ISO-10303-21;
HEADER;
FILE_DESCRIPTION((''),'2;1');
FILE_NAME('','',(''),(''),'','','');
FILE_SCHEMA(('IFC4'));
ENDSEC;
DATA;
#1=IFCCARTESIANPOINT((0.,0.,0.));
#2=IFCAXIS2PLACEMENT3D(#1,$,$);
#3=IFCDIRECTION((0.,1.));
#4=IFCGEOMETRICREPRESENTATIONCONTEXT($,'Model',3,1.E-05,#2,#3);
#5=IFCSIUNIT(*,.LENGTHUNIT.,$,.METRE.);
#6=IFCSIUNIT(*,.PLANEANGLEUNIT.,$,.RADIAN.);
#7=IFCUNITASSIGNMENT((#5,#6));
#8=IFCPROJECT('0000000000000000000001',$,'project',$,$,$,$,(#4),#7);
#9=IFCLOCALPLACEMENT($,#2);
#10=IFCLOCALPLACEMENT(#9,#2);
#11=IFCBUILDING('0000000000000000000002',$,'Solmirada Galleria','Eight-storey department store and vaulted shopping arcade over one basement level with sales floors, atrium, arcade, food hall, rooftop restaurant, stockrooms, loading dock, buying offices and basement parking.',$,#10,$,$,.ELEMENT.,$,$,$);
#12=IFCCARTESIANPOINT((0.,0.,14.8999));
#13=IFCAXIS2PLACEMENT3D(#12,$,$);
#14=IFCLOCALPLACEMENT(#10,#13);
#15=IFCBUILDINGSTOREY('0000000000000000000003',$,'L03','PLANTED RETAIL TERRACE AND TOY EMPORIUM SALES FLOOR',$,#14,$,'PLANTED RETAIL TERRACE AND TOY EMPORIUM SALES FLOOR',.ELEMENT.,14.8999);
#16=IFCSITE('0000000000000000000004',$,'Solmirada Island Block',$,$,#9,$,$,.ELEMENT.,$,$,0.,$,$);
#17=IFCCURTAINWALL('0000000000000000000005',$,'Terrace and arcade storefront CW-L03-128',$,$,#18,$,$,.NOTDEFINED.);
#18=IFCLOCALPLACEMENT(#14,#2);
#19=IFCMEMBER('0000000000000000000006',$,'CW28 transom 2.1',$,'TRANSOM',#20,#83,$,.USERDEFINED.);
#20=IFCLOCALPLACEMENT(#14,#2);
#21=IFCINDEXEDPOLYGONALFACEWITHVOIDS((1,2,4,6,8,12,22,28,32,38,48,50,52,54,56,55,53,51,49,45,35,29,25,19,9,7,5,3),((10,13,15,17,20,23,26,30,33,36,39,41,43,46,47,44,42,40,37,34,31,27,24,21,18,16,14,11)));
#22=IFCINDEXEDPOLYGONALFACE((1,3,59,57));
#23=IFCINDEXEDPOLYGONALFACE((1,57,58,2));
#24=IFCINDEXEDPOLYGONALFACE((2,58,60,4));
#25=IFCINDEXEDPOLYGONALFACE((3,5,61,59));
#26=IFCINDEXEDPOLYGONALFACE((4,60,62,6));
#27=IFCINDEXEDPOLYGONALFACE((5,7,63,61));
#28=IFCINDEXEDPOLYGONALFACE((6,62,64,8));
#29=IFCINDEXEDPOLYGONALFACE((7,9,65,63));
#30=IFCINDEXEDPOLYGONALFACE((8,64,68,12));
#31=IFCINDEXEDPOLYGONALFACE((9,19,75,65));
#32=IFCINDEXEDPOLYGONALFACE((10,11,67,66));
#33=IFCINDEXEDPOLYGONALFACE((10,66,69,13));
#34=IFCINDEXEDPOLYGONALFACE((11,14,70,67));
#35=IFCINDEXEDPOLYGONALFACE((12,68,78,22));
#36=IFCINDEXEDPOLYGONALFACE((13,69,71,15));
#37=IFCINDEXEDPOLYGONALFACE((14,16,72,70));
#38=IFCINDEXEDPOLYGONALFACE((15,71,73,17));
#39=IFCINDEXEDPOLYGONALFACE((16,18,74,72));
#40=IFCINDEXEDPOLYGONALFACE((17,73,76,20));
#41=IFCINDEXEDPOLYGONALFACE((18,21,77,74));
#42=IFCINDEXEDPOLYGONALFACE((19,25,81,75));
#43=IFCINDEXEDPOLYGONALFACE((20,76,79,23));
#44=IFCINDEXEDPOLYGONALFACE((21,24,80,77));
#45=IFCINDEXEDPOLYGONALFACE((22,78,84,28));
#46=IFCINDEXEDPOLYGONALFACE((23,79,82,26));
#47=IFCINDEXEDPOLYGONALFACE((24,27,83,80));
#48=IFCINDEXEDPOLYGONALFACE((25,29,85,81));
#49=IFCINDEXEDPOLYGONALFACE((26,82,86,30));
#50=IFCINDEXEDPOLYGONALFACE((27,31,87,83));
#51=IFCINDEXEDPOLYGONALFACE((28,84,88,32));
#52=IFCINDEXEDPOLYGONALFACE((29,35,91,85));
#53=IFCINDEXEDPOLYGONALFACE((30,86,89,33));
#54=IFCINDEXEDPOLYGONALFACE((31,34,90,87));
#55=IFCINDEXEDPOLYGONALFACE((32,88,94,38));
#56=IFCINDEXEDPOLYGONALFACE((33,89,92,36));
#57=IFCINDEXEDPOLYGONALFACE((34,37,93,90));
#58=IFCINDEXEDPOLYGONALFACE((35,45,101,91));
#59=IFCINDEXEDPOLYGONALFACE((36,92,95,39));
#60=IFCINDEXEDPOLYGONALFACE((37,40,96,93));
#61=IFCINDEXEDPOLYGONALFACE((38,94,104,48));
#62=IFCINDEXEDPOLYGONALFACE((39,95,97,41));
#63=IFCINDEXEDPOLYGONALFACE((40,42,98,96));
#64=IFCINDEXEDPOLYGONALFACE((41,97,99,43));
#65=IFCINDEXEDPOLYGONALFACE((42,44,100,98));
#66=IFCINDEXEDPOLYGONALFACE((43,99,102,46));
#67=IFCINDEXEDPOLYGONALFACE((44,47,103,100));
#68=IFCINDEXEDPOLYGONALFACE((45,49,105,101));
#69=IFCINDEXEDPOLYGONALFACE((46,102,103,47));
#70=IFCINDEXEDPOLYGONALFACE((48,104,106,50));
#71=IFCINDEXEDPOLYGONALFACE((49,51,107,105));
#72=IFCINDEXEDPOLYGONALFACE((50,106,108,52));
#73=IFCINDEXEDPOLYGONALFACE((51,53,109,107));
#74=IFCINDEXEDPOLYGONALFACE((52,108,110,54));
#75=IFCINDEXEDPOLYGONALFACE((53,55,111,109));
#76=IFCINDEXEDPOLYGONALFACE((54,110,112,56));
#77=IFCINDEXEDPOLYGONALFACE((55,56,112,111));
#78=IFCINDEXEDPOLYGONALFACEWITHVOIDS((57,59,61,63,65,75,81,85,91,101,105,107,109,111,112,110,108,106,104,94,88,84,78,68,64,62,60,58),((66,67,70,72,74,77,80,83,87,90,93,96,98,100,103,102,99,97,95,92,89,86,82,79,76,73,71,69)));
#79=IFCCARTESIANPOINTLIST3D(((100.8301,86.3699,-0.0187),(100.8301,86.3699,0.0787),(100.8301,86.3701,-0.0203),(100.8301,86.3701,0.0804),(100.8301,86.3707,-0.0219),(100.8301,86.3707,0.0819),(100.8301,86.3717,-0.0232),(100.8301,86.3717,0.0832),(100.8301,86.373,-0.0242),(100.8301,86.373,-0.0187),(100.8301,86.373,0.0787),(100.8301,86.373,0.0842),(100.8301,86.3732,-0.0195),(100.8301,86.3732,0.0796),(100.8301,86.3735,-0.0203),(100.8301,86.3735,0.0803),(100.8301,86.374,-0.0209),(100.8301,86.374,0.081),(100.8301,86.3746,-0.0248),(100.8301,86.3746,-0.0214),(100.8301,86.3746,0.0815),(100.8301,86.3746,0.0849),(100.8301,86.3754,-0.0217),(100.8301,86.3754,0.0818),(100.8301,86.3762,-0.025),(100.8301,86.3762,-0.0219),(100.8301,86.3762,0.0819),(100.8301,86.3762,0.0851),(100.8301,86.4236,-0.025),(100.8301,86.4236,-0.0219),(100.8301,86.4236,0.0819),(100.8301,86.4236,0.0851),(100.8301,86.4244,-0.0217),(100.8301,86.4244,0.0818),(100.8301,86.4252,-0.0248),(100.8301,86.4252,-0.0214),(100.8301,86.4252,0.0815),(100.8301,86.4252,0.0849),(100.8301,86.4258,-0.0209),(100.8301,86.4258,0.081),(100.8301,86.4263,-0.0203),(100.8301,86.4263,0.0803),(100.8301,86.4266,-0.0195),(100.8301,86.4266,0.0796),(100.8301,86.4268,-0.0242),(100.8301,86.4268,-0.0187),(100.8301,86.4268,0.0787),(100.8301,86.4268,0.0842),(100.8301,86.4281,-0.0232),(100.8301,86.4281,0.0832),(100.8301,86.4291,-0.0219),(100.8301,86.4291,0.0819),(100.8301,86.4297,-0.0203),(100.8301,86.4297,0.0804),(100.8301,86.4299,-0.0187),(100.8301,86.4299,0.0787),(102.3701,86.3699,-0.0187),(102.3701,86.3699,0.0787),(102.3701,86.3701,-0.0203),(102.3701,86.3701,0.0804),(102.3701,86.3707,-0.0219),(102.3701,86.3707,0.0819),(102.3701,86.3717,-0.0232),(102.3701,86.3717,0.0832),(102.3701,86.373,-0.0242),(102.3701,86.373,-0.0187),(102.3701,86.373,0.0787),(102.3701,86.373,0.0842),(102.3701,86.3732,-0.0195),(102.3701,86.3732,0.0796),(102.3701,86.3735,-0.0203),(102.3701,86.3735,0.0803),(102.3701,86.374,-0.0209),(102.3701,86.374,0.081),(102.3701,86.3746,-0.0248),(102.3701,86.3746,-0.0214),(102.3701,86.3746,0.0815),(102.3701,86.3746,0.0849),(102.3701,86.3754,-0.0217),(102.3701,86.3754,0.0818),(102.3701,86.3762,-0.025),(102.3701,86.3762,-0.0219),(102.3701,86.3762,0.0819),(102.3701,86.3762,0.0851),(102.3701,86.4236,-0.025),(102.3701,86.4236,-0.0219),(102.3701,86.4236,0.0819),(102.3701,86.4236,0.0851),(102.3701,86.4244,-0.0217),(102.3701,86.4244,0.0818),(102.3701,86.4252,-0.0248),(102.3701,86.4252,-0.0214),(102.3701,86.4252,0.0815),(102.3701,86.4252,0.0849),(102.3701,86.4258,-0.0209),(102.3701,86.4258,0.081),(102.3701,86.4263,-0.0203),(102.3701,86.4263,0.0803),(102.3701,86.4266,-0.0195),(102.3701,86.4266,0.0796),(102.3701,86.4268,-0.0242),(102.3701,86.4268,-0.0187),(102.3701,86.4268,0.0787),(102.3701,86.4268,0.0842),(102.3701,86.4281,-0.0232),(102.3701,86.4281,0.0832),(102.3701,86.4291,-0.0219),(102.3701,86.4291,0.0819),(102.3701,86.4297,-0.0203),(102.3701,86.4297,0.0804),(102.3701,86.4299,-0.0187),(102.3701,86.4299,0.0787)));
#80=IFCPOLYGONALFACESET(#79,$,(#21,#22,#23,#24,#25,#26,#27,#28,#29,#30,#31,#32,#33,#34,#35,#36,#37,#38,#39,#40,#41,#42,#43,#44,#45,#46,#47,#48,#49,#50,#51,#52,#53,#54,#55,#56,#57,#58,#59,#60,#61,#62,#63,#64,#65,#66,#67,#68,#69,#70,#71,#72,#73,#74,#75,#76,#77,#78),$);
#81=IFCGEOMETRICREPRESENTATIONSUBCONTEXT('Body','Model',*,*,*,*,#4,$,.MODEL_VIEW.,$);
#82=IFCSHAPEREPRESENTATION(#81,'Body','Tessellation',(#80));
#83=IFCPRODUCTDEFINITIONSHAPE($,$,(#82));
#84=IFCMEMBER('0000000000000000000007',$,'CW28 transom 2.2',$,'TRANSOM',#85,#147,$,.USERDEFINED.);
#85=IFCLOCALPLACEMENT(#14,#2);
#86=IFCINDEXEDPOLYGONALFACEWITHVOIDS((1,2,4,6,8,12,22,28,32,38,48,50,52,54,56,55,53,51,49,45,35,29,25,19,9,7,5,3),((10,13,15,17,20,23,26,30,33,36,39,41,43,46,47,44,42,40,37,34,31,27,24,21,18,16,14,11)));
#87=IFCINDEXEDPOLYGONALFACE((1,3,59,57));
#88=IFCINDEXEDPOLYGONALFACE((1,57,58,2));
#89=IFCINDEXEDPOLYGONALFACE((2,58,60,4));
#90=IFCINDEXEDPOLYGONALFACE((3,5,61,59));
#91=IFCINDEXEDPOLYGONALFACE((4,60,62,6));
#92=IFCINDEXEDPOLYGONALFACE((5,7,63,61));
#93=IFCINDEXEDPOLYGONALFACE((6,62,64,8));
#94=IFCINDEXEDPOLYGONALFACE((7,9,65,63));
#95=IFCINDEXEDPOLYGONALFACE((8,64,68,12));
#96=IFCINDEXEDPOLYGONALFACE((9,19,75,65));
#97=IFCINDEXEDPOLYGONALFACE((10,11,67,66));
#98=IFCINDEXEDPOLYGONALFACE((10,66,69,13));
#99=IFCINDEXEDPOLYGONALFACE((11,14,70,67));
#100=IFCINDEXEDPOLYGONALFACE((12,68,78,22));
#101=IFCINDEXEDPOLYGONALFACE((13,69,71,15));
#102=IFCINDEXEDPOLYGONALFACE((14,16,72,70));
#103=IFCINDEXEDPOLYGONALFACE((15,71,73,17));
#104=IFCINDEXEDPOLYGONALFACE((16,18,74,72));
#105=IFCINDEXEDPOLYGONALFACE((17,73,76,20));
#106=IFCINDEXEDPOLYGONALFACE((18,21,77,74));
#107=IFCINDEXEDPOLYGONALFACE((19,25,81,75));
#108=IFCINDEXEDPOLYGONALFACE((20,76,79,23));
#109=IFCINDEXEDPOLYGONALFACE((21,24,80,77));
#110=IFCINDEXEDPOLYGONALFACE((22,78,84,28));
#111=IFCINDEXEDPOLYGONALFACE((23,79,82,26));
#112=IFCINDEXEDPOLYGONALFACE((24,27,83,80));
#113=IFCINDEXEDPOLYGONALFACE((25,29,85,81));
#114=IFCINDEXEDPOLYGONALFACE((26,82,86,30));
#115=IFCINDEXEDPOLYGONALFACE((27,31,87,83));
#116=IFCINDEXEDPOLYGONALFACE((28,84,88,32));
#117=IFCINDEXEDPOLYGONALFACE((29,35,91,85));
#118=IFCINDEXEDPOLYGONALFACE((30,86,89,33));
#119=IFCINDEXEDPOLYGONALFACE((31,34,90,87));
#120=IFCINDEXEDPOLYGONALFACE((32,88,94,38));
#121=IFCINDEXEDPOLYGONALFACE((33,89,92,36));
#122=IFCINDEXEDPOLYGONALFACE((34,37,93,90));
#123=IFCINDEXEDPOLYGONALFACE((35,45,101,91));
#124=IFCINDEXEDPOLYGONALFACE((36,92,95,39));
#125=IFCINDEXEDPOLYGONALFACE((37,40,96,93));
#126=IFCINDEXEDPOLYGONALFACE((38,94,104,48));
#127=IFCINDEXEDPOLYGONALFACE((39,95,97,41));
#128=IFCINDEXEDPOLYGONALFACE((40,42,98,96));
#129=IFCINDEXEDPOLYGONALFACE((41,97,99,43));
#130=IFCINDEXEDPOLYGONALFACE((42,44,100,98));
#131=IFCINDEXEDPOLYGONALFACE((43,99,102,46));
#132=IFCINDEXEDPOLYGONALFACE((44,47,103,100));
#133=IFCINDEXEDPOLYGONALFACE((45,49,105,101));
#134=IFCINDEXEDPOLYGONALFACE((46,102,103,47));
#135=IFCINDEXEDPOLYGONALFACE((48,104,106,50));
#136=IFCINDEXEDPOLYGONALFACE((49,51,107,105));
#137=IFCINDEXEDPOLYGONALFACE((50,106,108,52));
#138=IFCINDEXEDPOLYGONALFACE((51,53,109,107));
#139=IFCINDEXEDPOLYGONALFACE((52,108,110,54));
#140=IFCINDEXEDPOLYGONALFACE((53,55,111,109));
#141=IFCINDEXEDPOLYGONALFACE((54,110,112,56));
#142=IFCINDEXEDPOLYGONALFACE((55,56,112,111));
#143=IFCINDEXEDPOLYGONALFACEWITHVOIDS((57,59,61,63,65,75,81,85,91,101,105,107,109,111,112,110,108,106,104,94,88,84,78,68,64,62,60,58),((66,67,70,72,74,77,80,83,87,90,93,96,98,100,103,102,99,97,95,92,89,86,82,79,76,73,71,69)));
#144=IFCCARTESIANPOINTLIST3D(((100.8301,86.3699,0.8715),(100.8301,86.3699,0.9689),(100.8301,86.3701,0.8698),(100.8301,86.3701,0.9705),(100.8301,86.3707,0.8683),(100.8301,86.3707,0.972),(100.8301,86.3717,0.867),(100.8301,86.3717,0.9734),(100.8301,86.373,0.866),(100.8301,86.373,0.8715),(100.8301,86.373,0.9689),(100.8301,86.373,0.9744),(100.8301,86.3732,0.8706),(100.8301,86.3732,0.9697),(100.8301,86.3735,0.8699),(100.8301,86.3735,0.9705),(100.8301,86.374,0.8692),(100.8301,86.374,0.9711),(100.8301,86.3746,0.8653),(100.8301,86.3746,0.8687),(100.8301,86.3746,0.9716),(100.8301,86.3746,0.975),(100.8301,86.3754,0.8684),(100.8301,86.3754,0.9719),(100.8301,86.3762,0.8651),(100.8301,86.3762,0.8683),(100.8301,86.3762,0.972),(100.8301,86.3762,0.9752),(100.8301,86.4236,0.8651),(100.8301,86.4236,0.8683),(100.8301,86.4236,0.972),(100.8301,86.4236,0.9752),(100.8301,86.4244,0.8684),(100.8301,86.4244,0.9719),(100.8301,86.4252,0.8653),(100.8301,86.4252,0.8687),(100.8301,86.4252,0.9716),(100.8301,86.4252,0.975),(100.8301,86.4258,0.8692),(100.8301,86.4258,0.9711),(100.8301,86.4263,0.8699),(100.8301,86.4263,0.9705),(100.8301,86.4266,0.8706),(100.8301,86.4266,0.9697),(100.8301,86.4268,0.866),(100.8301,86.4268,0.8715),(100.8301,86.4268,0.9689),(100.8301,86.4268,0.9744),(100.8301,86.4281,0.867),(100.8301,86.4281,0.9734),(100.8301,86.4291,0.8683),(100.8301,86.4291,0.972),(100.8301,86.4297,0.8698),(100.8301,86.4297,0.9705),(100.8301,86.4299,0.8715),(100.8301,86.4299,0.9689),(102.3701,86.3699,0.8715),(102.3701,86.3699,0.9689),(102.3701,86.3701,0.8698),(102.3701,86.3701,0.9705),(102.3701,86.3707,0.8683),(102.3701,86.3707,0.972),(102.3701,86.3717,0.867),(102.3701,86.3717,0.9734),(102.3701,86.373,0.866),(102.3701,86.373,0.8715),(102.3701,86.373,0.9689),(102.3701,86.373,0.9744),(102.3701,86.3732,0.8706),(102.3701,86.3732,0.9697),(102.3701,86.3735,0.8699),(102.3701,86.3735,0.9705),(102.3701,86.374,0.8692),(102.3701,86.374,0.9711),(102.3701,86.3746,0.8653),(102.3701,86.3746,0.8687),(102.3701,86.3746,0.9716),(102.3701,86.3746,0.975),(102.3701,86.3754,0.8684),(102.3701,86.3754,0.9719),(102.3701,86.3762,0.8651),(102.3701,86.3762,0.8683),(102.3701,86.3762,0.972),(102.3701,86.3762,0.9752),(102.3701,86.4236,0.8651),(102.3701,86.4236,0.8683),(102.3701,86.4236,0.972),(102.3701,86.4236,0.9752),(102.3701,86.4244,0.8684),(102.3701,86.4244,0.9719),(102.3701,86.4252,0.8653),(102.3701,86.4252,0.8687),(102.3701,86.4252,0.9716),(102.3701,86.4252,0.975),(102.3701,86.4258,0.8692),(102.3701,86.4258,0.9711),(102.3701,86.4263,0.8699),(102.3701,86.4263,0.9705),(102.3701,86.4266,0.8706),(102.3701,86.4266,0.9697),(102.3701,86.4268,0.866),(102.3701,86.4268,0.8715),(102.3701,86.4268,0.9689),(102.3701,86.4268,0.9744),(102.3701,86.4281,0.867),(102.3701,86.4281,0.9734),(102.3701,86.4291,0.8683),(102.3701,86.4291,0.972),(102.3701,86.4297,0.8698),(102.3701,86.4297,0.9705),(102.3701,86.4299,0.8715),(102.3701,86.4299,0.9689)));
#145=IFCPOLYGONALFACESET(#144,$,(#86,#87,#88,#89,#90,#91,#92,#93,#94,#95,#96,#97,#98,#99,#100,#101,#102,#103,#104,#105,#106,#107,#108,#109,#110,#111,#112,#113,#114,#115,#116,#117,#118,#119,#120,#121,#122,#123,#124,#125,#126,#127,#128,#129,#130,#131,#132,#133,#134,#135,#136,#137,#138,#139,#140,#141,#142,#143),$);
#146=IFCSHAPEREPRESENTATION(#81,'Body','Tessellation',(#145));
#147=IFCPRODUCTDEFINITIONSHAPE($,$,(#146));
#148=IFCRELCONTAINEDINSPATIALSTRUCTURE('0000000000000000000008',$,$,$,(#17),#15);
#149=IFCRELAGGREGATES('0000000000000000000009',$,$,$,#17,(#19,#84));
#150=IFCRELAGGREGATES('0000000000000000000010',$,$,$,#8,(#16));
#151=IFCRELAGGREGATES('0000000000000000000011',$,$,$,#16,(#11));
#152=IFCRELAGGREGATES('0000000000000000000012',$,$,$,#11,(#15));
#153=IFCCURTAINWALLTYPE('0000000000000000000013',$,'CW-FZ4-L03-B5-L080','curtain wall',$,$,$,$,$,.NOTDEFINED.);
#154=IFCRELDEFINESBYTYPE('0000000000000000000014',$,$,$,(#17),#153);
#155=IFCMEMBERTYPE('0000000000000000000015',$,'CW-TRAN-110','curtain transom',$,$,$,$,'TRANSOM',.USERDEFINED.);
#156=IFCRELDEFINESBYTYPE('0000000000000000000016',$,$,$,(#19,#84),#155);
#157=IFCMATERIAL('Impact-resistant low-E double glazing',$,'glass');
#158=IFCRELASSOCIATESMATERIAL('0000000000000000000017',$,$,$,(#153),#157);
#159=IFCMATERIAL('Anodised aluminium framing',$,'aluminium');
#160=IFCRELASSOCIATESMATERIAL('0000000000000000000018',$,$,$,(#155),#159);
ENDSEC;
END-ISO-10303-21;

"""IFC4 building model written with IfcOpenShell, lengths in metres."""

from ifc_helpers import new_model, si_unit, direction, frame, origin, origin_2d, place, context, subcontext, project, spatial, hollow_rectangle, extrude, material, material_profile, profile_set, type_object, element, aggregate, save


model = new_model("IFC4")

# Units and contexts
model_context = context("Model", 3, precision=1e-05, world=origin(), true_north=direction((0.0, 1.0)))
body_context = subcontext(model_context, "Body", "Model", "MODEL_VIEW")
ifc_project = project(units=[si_unit("LENGTHUNIT", "METRE"), si_unit("PLANEANGLEUNIT", "RADIAN")], contexts=[model_context])

# Site, building, storey
site_placement = place(None, origin())
site = spatial("IfcSite", under=ifc_project, at=site_placement, Name="Solmirada Island Block", CompositionType="ELEMENT", RefElevation=0.0)
building_placement = place(site_placement, origin())
building = spatial("IfcBuilding", under=site, at=building_placement, Name="Solmirada Galleria", Description="Eight-storey department store and vaulted shopping arcade over one basement level with sales floors, atrium, arcade, food hall, rooftop restaurant, stockrooms, loading dock, buying offices and basement parking.", CompositionType="ELEMENT")
storey_placement = place(building_placement, frame((0.0, 0.0, 14.8999)))
storey = spatial("IfcBuildingStorey", under=building, at=storey_placement, Name="L03", Description="PLANTED RETAIL TERRACE AND TOY EMPORIUM SALES FLOOR", LongName="PLANTED RETAIL TERRACE AND TOY EMPORIUM SALES FLOOR", CompositionType="ELEMENT", Elevation=14.8999)

# Curtain wall, members
ifc_material_1 = material(Name="Impact-resistant low-E double glazing", Category="glass")
curtain_wall_type = type_object("IfcCurtainWallType", Name="CW-FZ4-L03-B5-L080", Description="curtain wall", PredefinedType="NOTDEFINED", material=ifc_material_1)
curtain_wall_placement = place(storey_placement, origin())
curtain_wall = element("IfcCurtainWall", 1, at=curtain_wall_placement, inside=storey, type_object=curtain_wall_type, Name="Terrace and arcade storefront CW-L03-128", PredefinedType="NOTDEFINED")
ifc_material_2 = material(Name="Anodised aluminium framing", Category="aluminium")
ifc_material_profile_1 = material_profile(ifc_material_2, hollow_rectangle(XDim=0.0601, YDim=0.1101, WallThickness=0.0032, InnerFilletRadius=0.0032, OuterFilletRadius=0.0063, at=origin_2d()), Name="ALU-TRAN-110X60")
ifc_profile_set_1 = profile_set([ifc_material_profile_1], Name="Anodised aluminium framing")
member_type_1 = type_object("IfcMemberType", Name="CW-TRAN-110", Description="curtain transom", ElementType="TRANSOM", PredefinedType="USERDEFINED", material=ifc_profile_set_1)
member_1_placement = place(storey_placement, frame((102.3701, 86.3999, 0.03), z_axis=(-1.0, 0.0, 0.0), x_axis=(0.0, -1.0, 0.0)))
member_1 = element("IfcMember", 2, at=member_1_placement, type_object=member_type_1, Name="CW28 transom 2.1", ObjectType="TRANSOM", PredefinedType="USERDEFINED", context=body_context, shape_type="SweptSolid", body=[
    extrude(hollow_rectangle(XDim=0.0601, YDim=0.1101, WallThickness=0.0032, InnerFilletRadius=0.0032, OuterFilletRadius=0.0063, at=origin_2d()), origin(), (0.0, 0.0, 1.0), 1.54),
])
member_2_placement = place(storey_placement, frame((102.3701, 86.3999, 0.9202), z_axis=(-1.0, 0.0, 0.0), x_axis=(0.0, -1.0, 0.0)))
member_2 = element("IfcMember", 3, at=member_2_placement, type_object=member_type_1, Name="CW28 transom 2.2", ObjectType="TRANSOM", PredefinedType="USERDEFINED", context=body_context, shape_type="SweptSolid", body=[
    extrude(hollow_rectangle(XDim=0.0601, YDim=0.1101, WallThickness=0.0032, InnerFilletRadius=0.0032, OuterFilletRadius=0.0063, at=origin_2d()), origin(), (0.0, 0.0, 1.0), 1.54),
])
aggregate(curtain_wall, [member_1, member_2])

save(model, "model.ifc")
